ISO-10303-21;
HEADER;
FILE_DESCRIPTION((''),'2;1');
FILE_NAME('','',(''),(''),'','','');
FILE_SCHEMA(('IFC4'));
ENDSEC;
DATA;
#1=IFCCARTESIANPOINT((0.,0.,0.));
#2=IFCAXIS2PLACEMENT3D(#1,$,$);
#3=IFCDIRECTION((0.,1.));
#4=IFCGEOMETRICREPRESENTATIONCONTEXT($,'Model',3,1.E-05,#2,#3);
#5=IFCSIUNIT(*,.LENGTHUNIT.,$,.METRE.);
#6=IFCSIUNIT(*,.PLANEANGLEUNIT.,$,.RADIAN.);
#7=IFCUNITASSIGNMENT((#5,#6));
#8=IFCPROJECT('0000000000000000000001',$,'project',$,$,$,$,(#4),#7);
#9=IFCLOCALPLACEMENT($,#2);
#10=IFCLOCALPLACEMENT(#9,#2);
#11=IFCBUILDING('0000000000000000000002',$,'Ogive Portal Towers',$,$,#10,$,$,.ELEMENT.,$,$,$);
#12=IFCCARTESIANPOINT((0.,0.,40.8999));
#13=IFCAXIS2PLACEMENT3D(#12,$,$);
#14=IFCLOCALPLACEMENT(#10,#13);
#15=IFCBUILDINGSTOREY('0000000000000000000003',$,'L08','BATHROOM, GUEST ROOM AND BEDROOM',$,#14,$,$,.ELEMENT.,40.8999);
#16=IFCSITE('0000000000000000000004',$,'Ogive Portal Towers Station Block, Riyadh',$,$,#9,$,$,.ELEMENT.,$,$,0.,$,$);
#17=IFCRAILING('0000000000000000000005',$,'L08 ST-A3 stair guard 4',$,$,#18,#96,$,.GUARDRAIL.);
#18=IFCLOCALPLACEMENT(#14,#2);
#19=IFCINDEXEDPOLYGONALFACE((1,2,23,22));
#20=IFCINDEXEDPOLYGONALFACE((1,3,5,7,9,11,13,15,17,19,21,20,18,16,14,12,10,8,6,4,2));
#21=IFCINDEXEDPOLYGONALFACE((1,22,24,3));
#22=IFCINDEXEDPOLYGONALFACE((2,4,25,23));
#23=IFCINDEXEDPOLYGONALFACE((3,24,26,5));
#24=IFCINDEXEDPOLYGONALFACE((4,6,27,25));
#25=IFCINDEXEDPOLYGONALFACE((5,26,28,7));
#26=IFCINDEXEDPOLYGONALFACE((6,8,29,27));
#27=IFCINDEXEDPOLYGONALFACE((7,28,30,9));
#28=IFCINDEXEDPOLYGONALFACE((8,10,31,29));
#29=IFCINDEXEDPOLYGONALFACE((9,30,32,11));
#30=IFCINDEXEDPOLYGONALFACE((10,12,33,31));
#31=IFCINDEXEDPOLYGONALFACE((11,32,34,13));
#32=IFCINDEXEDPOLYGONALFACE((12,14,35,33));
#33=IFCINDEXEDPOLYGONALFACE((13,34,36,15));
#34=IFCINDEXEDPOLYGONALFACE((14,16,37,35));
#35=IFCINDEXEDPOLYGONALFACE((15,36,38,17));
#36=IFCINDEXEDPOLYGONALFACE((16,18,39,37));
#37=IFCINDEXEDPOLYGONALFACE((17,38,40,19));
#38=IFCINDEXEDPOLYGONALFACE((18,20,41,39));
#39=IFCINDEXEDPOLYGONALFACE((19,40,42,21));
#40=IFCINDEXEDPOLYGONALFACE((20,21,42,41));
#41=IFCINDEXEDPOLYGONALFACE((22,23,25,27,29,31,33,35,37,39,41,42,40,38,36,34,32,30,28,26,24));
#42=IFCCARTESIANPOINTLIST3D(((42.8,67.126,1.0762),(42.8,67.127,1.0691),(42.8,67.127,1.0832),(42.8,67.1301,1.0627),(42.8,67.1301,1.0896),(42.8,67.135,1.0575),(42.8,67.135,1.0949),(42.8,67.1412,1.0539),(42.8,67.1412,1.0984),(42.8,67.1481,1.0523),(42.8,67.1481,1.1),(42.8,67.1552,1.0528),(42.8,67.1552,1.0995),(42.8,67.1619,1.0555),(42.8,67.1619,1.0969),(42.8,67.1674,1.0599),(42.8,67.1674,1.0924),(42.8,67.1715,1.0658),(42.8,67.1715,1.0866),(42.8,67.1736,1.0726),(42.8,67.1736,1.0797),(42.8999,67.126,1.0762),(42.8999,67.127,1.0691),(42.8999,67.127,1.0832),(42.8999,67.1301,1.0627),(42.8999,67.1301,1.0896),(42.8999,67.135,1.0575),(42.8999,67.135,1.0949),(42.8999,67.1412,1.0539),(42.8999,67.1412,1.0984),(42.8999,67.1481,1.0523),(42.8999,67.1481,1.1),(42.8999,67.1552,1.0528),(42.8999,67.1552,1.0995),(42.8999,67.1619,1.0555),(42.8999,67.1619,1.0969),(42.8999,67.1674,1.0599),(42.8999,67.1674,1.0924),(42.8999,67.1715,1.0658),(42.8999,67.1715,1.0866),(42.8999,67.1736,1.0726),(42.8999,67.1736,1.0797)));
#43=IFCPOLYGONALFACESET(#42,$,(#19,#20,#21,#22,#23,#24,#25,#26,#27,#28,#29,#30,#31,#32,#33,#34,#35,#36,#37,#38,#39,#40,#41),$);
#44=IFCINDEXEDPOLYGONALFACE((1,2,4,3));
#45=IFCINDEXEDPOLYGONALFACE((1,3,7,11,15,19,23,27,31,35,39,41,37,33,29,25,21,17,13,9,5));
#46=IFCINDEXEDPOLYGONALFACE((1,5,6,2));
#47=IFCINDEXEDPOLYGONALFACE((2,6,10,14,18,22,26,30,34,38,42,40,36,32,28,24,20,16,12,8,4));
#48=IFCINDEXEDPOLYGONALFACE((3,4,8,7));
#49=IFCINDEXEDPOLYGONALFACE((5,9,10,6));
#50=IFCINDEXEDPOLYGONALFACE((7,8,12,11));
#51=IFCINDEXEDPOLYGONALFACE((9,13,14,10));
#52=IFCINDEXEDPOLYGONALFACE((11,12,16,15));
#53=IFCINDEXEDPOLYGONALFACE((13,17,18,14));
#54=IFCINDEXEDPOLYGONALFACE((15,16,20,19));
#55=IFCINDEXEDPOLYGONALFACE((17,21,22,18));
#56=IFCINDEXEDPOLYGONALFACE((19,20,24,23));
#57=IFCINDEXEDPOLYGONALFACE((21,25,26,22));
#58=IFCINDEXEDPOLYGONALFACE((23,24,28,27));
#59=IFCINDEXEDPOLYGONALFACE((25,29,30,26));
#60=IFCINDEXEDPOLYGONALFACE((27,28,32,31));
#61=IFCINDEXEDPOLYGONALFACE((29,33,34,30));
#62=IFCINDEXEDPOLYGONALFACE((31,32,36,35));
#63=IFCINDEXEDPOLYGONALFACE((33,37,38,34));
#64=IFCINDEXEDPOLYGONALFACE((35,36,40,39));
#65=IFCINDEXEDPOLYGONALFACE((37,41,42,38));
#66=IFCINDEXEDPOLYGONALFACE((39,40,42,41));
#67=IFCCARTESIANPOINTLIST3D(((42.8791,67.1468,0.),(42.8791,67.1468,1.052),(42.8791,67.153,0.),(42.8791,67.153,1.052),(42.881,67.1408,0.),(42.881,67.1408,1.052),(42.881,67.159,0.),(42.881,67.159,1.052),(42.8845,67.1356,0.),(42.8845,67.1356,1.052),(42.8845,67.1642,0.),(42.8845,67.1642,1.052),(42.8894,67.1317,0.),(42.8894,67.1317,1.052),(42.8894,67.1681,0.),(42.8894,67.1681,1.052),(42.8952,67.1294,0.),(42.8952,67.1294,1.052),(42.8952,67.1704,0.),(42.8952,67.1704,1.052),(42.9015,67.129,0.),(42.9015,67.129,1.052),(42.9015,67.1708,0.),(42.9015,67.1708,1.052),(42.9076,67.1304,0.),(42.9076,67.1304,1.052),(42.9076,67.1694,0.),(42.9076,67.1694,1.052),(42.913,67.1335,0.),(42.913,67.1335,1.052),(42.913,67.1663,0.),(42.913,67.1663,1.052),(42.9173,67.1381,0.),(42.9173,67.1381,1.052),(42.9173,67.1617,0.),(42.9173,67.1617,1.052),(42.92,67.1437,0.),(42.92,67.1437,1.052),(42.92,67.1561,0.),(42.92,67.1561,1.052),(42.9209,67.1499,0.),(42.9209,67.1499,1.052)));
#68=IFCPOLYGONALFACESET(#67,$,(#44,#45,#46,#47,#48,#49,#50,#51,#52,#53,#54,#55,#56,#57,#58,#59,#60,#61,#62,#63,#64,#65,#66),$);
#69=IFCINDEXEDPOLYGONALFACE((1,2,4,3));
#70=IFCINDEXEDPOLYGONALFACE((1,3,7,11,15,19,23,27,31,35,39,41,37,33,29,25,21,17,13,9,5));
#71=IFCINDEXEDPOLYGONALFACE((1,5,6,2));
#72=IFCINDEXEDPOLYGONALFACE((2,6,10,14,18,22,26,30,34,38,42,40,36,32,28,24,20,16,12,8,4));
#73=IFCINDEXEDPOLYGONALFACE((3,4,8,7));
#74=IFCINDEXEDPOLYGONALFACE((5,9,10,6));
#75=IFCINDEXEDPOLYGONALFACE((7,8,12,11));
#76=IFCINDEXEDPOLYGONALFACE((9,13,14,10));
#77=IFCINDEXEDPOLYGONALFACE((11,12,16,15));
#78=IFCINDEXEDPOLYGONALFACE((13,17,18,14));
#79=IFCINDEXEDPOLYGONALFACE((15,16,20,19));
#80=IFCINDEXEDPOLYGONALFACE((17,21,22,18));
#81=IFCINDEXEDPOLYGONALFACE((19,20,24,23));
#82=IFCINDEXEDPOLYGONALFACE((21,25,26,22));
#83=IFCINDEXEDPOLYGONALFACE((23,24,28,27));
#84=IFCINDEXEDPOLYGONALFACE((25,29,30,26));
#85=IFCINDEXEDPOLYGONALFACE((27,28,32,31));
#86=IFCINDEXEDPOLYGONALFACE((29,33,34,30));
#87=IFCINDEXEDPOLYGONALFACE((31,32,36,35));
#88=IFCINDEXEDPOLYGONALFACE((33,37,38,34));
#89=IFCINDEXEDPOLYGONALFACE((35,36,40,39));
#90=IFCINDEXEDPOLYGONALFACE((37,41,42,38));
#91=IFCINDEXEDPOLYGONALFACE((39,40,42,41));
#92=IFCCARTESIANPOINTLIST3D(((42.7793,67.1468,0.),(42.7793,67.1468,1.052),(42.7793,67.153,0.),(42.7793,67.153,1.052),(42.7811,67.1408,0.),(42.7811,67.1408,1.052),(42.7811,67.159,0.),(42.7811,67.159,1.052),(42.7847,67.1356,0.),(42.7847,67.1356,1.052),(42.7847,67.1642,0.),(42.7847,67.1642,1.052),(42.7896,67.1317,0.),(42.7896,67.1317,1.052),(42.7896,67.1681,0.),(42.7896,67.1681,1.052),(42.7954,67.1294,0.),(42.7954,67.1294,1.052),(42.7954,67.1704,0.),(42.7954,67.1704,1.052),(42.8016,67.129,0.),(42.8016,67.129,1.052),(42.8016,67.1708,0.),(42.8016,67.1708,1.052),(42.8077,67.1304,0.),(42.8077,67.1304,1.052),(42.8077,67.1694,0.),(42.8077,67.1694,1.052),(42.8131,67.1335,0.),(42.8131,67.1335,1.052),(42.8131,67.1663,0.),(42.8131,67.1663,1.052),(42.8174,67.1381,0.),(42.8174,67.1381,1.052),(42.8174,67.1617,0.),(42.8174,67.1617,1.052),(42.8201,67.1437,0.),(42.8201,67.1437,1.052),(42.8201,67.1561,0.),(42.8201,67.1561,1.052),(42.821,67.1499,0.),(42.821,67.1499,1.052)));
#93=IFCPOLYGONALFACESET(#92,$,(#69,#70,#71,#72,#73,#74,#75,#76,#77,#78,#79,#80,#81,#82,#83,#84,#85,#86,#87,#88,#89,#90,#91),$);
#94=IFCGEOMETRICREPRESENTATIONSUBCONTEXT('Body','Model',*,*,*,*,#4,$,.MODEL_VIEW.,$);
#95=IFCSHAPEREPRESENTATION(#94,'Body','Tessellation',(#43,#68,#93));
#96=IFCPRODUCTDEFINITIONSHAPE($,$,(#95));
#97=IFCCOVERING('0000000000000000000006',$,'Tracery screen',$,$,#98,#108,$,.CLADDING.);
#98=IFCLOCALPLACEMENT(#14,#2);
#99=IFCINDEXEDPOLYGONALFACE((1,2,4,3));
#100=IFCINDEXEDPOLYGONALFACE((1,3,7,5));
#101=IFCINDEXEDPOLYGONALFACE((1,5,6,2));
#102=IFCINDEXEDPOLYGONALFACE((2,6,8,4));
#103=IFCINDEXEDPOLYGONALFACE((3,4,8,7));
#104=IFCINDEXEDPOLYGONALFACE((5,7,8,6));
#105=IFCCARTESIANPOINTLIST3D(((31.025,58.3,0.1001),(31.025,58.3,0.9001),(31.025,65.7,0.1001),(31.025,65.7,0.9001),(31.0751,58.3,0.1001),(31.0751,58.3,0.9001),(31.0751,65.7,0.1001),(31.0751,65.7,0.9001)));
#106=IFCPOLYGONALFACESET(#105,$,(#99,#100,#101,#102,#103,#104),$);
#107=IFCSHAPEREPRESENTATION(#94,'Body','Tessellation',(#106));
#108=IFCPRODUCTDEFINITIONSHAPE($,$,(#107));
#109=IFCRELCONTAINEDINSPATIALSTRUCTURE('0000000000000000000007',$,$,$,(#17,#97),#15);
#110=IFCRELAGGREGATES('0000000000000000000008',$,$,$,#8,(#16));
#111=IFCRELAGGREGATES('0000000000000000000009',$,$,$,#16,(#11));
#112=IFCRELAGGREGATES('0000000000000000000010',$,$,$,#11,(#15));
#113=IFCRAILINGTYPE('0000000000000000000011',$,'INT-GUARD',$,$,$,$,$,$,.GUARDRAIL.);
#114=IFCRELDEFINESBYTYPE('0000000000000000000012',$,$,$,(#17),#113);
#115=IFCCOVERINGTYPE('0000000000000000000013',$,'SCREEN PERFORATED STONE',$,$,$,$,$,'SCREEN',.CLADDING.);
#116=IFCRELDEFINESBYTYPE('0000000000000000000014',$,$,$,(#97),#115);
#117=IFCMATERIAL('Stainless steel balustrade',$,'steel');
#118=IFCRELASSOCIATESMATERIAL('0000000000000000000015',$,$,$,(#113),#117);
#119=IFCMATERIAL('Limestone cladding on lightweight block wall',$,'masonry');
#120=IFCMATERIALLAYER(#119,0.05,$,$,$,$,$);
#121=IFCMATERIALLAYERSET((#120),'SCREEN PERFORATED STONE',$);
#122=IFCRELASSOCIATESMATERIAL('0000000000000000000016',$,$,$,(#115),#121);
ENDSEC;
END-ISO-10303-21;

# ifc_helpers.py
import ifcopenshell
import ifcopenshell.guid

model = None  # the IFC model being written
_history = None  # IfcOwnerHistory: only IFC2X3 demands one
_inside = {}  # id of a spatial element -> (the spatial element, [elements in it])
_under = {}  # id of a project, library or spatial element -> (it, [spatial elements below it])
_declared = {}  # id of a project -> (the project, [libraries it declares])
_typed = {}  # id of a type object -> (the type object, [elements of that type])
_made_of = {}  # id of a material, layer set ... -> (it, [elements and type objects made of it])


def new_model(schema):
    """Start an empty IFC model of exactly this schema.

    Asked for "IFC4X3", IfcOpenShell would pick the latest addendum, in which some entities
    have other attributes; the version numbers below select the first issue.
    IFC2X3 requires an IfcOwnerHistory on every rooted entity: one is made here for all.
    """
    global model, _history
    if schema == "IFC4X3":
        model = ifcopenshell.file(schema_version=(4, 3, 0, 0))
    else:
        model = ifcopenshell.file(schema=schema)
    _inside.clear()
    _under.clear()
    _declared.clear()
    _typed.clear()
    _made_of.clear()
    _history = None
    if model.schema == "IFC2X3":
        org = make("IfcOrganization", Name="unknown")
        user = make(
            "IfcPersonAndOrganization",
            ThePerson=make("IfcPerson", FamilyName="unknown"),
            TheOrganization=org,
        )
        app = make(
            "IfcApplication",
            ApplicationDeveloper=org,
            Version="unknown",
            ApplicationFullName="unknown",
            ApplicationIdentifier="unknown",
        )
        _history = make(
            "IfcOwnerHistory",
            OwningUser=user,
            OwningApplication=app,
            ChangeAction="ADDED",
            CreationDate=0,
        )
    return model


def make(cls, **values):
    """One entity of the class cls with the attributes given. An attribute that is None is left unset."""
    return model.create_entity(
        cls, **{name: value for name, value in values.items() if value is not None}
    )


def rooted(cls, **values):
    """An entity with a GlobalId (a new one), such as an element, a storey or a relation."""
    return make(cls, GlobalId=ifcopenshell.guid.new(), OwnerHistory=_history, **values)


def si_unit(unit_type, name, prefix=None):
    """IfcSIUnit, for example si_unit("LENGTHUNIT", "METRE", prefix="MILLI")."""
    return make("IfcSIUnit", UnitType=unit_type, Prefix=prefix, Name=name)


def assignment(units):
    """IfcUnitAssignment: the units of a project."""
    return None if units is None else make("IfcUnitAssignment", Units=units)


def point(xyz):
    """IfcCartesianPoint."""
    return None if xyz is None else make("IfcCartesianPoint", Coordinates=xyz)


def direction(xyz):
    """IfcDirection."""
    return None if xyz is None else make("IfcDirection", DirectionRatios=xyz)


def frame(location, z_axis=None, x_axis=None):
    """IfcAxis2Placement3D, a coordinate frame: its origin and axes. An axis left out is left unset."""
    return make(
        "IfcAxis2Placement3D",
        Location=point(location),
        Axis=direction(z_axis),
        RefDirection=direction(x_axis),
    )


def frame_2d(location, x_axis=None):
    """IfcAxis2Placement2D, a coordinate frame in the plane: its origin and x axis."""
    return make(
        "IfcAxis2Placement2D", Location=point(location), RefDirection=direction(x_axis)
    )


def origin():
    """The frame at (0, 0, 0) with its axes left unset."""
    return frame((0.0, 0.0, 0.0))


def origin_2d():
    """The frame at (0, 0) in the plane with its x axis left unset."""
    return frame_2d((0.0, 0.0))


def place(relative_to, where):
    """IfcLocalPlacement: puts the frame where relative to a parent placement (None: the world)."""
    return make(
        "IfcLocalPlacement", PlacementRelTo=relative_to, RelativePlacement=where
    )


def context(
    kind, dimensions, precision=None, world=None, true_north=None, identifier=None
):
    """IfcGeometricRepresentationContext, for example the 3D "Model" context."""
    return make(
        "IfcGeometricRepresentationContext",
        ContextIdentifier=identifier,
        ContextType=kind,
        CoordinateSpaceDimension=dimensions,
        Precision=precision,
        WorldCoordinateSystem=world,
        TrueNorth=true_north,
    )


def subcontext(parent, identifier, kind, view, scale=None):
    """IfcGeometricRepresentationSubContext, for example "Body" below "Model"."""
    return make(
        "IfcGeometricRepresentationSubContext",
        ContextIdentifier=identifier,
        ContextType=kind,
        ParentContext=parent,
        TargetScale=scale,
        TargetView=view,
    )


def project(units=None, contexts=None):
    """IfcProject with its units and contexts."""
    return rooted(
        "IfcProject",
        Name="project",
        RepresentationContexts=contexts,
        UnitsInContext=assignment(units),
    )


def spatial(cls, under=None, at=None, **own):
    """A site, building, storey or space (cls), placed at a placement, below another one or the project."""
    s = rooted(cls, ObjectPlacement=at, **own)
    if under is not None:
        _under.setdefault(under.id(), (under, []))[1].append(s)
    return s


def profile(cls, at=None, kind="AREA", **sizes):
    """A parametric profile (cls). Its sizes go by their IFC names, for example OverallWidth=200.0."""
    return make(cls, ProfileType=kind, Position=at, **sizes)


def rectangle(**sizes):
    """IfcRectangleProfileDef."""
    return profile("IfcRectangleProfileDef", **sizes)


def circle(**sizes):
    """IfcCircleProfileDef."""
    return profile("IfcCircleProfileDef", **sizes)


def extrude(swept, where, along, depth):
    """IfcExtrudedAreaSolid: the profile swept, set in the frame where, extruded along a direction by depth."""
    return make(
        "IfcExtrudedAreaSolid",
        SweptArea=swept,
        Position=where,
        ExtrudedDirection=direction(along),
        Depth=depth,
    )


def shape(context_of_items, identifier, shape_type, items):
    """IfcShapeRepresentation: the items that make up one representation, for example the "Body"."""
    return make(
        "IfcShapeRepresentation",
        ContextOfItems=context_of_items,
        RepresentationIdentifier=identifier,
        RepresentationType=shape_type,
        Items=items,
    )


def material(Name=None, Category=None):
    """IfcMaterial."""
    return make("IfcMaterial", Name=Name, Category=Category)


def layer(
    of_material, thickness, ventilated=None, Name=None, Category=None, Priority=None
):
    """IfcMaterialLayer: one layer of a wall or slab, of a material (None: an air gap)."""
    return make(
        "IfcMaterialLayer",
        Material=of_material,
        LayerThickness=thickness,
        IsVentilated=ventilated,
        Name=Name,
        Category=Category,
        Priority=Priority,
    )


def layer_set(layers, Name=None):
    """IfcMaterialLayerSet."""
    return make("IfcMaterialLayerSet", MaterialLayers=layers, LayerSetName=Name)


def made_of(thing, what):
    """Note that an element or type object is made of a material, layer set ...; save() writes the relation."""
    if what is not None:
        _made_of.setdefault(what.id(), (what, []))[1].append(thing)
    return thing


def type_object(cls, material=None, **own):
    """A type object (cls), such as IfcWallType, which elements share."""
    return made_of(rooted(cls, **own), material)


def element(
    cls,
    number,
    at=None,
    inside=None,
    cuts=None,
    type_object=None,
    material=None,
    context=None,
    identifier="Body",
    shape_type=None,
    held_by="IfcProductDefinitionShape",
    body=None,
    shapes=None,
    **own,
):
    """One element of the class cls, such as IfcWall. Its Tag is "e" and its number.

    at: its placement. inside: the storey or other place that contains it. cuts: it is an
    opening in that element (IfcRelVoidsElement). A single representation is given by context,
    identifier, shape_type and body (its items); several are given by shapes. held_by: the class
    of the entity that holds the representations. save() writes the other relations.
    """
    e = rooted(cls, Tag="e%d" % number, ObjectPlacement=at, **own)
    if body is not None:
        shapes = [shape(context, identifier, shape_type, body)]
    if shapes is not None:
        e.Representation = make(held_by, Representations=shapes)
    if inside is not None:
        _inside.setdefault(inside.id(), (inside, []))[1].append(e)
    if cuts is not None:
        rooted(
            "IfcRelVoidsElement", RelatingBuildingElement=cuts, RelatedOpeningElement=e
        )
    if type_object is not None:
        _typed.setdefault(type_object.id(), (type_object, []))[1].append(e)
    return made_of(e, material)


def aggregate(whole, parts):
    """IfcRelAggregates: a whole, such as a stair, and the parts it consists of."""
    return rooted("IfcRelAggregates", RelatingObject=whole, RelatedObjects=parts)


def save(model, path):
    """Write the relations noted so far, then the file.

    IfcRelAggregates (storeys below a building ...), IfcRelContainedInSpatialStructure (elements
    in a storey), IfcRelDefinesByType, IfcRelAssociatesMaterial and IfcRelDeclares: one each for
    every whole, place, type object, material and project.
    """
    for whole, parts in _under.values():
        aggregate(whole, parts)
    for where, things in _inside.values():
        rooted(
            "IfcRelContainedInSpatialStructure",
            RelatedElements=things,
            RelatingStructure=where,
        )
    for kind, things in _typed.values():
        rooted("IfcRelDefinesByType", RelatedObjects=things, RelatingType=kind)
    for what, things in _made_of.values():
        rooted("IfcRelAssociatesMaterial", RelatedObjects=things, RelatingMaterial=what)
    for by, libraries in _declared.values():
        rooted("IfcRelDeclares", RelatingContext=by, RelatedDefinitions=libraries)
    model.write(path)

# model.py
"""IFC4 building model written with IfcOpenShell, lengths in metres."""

from ifc_helpers import new_model, si_unit, direction, frame, origin, origin_2d, place, context, subcontext, project, spatial, rectangle, circle, extrude, material, layer, layer_set, type_object, element, save


model = new_model("IFC4")

# Units and contexts
model_context = context("Model", 3, precision=1e-05, world=origin(), true_north=direction((0.0, 1.0)))
body_context = subcontext(model_context, "Body", "Model", "MODEL_VIEW")
ifc_project = project(units=[si_unit("LENGTHUNIT", "METRE"), si_unit("PLANEANGLEUNIT", "RADIAN")], contexts=[model_context])

# Site, building, storey
site_placement = place(None, origin())
site = spatial("IfcSite", under=ifc_project, at=site_placement, Name="Ogive Portal Towers Station Block, Riyadh", CompositionType="ELEMENT", RefElevation=0.0)
building_placement = place(site_placement, origin())
building = spatial("IfcBuilding", under=site, at=building_placement, Name="Ogive Portal Towers", CompositionType="ELEMENT")
storey_placement = place(building_placement, frame((0.0, 0.0, 40.8999)))
storey = spatial("IfcBuildingStorey", under=building, at=storey_placement, Name="L08", Description="BATHROOM, GUEST ROOM AND BEDROOM", CompositionType="ELEMENT", Elevation=40.8999)

# Shared definitions
ifc_material_1 = material(Name="Limestone cladding on lightweight block wall", Category="masonry")

# Railing
ifc_material_2 = material(Name="Stainless steel balustrade", Category="steel")
railing_type = type_object("IfcRailingType", Name="INT-GUARD", PredefinedType="GUARDRAIL", material=ifc_material_2)
railing_1_placement = place(storey_placement, frame((42.8999, 67.1499, 0.0)))
element("IfcRailing", 1, at=railing_1_placement, inside=storey, type_object=railing_type, Name="L08 ST-A3 stair guard 4", PredefinedType="GUARDRAIL", context=body_context, shape_type="SweptSolid", body=[
    extrude(circle(Radius=0.0239, at=origin_2d()), frame((0.0, 0.0, 1.0762), z_axis=(-1.0, 0.0, 0.0), x_axis=(0.0, -1.0, 0.0)), (0.0, 0.0, 1.0), 0.0999),
    extrude(circle(Radius=0.021, at=origin_2d()), origin(), (0.0, 0.0, 1.0), 1.052),
    extrude(circle(Radius=0.021, at=origin_2d()), frame((-0.0999, 0.0, 0.0)), (0.0, 0.0, 1.0), 1.052),
])

# Covering
ifc_layer_1 = layer(ifc_material_1, 0.05)
ifc_layer_set_1 = layer_set([ifc_layer_1], Name="SCREEN PERFORATED STONE")
covering_type = type_object("IfcCoveringType", Name="SCREEN PERFORATED STONE", ElementType="SCREEN", PredefinedType="CLADDING", material=ifc_layer_set_1)
covering_placement = place(storey_placement, frame((31.05, 62.0, 0.1001), z_axis=(0.0, 0.0, 1.0), x_axis=(0.0, -1.0, 0.0)))
element("IfcCovering", 2, at=covering_placement, inside=storey, type_object=covering_type, Name="Tracery screen", PredefinedType="CLADDING", context=body_context, shape_type="SweptSolid", body=[
    extrude(rectangle(XDim=7.3999, YDim=0.05, at=origin_2d()), origin(), (0.0, 0.0, 1.0), 0.8),
])

save(model, "model.ifc")
